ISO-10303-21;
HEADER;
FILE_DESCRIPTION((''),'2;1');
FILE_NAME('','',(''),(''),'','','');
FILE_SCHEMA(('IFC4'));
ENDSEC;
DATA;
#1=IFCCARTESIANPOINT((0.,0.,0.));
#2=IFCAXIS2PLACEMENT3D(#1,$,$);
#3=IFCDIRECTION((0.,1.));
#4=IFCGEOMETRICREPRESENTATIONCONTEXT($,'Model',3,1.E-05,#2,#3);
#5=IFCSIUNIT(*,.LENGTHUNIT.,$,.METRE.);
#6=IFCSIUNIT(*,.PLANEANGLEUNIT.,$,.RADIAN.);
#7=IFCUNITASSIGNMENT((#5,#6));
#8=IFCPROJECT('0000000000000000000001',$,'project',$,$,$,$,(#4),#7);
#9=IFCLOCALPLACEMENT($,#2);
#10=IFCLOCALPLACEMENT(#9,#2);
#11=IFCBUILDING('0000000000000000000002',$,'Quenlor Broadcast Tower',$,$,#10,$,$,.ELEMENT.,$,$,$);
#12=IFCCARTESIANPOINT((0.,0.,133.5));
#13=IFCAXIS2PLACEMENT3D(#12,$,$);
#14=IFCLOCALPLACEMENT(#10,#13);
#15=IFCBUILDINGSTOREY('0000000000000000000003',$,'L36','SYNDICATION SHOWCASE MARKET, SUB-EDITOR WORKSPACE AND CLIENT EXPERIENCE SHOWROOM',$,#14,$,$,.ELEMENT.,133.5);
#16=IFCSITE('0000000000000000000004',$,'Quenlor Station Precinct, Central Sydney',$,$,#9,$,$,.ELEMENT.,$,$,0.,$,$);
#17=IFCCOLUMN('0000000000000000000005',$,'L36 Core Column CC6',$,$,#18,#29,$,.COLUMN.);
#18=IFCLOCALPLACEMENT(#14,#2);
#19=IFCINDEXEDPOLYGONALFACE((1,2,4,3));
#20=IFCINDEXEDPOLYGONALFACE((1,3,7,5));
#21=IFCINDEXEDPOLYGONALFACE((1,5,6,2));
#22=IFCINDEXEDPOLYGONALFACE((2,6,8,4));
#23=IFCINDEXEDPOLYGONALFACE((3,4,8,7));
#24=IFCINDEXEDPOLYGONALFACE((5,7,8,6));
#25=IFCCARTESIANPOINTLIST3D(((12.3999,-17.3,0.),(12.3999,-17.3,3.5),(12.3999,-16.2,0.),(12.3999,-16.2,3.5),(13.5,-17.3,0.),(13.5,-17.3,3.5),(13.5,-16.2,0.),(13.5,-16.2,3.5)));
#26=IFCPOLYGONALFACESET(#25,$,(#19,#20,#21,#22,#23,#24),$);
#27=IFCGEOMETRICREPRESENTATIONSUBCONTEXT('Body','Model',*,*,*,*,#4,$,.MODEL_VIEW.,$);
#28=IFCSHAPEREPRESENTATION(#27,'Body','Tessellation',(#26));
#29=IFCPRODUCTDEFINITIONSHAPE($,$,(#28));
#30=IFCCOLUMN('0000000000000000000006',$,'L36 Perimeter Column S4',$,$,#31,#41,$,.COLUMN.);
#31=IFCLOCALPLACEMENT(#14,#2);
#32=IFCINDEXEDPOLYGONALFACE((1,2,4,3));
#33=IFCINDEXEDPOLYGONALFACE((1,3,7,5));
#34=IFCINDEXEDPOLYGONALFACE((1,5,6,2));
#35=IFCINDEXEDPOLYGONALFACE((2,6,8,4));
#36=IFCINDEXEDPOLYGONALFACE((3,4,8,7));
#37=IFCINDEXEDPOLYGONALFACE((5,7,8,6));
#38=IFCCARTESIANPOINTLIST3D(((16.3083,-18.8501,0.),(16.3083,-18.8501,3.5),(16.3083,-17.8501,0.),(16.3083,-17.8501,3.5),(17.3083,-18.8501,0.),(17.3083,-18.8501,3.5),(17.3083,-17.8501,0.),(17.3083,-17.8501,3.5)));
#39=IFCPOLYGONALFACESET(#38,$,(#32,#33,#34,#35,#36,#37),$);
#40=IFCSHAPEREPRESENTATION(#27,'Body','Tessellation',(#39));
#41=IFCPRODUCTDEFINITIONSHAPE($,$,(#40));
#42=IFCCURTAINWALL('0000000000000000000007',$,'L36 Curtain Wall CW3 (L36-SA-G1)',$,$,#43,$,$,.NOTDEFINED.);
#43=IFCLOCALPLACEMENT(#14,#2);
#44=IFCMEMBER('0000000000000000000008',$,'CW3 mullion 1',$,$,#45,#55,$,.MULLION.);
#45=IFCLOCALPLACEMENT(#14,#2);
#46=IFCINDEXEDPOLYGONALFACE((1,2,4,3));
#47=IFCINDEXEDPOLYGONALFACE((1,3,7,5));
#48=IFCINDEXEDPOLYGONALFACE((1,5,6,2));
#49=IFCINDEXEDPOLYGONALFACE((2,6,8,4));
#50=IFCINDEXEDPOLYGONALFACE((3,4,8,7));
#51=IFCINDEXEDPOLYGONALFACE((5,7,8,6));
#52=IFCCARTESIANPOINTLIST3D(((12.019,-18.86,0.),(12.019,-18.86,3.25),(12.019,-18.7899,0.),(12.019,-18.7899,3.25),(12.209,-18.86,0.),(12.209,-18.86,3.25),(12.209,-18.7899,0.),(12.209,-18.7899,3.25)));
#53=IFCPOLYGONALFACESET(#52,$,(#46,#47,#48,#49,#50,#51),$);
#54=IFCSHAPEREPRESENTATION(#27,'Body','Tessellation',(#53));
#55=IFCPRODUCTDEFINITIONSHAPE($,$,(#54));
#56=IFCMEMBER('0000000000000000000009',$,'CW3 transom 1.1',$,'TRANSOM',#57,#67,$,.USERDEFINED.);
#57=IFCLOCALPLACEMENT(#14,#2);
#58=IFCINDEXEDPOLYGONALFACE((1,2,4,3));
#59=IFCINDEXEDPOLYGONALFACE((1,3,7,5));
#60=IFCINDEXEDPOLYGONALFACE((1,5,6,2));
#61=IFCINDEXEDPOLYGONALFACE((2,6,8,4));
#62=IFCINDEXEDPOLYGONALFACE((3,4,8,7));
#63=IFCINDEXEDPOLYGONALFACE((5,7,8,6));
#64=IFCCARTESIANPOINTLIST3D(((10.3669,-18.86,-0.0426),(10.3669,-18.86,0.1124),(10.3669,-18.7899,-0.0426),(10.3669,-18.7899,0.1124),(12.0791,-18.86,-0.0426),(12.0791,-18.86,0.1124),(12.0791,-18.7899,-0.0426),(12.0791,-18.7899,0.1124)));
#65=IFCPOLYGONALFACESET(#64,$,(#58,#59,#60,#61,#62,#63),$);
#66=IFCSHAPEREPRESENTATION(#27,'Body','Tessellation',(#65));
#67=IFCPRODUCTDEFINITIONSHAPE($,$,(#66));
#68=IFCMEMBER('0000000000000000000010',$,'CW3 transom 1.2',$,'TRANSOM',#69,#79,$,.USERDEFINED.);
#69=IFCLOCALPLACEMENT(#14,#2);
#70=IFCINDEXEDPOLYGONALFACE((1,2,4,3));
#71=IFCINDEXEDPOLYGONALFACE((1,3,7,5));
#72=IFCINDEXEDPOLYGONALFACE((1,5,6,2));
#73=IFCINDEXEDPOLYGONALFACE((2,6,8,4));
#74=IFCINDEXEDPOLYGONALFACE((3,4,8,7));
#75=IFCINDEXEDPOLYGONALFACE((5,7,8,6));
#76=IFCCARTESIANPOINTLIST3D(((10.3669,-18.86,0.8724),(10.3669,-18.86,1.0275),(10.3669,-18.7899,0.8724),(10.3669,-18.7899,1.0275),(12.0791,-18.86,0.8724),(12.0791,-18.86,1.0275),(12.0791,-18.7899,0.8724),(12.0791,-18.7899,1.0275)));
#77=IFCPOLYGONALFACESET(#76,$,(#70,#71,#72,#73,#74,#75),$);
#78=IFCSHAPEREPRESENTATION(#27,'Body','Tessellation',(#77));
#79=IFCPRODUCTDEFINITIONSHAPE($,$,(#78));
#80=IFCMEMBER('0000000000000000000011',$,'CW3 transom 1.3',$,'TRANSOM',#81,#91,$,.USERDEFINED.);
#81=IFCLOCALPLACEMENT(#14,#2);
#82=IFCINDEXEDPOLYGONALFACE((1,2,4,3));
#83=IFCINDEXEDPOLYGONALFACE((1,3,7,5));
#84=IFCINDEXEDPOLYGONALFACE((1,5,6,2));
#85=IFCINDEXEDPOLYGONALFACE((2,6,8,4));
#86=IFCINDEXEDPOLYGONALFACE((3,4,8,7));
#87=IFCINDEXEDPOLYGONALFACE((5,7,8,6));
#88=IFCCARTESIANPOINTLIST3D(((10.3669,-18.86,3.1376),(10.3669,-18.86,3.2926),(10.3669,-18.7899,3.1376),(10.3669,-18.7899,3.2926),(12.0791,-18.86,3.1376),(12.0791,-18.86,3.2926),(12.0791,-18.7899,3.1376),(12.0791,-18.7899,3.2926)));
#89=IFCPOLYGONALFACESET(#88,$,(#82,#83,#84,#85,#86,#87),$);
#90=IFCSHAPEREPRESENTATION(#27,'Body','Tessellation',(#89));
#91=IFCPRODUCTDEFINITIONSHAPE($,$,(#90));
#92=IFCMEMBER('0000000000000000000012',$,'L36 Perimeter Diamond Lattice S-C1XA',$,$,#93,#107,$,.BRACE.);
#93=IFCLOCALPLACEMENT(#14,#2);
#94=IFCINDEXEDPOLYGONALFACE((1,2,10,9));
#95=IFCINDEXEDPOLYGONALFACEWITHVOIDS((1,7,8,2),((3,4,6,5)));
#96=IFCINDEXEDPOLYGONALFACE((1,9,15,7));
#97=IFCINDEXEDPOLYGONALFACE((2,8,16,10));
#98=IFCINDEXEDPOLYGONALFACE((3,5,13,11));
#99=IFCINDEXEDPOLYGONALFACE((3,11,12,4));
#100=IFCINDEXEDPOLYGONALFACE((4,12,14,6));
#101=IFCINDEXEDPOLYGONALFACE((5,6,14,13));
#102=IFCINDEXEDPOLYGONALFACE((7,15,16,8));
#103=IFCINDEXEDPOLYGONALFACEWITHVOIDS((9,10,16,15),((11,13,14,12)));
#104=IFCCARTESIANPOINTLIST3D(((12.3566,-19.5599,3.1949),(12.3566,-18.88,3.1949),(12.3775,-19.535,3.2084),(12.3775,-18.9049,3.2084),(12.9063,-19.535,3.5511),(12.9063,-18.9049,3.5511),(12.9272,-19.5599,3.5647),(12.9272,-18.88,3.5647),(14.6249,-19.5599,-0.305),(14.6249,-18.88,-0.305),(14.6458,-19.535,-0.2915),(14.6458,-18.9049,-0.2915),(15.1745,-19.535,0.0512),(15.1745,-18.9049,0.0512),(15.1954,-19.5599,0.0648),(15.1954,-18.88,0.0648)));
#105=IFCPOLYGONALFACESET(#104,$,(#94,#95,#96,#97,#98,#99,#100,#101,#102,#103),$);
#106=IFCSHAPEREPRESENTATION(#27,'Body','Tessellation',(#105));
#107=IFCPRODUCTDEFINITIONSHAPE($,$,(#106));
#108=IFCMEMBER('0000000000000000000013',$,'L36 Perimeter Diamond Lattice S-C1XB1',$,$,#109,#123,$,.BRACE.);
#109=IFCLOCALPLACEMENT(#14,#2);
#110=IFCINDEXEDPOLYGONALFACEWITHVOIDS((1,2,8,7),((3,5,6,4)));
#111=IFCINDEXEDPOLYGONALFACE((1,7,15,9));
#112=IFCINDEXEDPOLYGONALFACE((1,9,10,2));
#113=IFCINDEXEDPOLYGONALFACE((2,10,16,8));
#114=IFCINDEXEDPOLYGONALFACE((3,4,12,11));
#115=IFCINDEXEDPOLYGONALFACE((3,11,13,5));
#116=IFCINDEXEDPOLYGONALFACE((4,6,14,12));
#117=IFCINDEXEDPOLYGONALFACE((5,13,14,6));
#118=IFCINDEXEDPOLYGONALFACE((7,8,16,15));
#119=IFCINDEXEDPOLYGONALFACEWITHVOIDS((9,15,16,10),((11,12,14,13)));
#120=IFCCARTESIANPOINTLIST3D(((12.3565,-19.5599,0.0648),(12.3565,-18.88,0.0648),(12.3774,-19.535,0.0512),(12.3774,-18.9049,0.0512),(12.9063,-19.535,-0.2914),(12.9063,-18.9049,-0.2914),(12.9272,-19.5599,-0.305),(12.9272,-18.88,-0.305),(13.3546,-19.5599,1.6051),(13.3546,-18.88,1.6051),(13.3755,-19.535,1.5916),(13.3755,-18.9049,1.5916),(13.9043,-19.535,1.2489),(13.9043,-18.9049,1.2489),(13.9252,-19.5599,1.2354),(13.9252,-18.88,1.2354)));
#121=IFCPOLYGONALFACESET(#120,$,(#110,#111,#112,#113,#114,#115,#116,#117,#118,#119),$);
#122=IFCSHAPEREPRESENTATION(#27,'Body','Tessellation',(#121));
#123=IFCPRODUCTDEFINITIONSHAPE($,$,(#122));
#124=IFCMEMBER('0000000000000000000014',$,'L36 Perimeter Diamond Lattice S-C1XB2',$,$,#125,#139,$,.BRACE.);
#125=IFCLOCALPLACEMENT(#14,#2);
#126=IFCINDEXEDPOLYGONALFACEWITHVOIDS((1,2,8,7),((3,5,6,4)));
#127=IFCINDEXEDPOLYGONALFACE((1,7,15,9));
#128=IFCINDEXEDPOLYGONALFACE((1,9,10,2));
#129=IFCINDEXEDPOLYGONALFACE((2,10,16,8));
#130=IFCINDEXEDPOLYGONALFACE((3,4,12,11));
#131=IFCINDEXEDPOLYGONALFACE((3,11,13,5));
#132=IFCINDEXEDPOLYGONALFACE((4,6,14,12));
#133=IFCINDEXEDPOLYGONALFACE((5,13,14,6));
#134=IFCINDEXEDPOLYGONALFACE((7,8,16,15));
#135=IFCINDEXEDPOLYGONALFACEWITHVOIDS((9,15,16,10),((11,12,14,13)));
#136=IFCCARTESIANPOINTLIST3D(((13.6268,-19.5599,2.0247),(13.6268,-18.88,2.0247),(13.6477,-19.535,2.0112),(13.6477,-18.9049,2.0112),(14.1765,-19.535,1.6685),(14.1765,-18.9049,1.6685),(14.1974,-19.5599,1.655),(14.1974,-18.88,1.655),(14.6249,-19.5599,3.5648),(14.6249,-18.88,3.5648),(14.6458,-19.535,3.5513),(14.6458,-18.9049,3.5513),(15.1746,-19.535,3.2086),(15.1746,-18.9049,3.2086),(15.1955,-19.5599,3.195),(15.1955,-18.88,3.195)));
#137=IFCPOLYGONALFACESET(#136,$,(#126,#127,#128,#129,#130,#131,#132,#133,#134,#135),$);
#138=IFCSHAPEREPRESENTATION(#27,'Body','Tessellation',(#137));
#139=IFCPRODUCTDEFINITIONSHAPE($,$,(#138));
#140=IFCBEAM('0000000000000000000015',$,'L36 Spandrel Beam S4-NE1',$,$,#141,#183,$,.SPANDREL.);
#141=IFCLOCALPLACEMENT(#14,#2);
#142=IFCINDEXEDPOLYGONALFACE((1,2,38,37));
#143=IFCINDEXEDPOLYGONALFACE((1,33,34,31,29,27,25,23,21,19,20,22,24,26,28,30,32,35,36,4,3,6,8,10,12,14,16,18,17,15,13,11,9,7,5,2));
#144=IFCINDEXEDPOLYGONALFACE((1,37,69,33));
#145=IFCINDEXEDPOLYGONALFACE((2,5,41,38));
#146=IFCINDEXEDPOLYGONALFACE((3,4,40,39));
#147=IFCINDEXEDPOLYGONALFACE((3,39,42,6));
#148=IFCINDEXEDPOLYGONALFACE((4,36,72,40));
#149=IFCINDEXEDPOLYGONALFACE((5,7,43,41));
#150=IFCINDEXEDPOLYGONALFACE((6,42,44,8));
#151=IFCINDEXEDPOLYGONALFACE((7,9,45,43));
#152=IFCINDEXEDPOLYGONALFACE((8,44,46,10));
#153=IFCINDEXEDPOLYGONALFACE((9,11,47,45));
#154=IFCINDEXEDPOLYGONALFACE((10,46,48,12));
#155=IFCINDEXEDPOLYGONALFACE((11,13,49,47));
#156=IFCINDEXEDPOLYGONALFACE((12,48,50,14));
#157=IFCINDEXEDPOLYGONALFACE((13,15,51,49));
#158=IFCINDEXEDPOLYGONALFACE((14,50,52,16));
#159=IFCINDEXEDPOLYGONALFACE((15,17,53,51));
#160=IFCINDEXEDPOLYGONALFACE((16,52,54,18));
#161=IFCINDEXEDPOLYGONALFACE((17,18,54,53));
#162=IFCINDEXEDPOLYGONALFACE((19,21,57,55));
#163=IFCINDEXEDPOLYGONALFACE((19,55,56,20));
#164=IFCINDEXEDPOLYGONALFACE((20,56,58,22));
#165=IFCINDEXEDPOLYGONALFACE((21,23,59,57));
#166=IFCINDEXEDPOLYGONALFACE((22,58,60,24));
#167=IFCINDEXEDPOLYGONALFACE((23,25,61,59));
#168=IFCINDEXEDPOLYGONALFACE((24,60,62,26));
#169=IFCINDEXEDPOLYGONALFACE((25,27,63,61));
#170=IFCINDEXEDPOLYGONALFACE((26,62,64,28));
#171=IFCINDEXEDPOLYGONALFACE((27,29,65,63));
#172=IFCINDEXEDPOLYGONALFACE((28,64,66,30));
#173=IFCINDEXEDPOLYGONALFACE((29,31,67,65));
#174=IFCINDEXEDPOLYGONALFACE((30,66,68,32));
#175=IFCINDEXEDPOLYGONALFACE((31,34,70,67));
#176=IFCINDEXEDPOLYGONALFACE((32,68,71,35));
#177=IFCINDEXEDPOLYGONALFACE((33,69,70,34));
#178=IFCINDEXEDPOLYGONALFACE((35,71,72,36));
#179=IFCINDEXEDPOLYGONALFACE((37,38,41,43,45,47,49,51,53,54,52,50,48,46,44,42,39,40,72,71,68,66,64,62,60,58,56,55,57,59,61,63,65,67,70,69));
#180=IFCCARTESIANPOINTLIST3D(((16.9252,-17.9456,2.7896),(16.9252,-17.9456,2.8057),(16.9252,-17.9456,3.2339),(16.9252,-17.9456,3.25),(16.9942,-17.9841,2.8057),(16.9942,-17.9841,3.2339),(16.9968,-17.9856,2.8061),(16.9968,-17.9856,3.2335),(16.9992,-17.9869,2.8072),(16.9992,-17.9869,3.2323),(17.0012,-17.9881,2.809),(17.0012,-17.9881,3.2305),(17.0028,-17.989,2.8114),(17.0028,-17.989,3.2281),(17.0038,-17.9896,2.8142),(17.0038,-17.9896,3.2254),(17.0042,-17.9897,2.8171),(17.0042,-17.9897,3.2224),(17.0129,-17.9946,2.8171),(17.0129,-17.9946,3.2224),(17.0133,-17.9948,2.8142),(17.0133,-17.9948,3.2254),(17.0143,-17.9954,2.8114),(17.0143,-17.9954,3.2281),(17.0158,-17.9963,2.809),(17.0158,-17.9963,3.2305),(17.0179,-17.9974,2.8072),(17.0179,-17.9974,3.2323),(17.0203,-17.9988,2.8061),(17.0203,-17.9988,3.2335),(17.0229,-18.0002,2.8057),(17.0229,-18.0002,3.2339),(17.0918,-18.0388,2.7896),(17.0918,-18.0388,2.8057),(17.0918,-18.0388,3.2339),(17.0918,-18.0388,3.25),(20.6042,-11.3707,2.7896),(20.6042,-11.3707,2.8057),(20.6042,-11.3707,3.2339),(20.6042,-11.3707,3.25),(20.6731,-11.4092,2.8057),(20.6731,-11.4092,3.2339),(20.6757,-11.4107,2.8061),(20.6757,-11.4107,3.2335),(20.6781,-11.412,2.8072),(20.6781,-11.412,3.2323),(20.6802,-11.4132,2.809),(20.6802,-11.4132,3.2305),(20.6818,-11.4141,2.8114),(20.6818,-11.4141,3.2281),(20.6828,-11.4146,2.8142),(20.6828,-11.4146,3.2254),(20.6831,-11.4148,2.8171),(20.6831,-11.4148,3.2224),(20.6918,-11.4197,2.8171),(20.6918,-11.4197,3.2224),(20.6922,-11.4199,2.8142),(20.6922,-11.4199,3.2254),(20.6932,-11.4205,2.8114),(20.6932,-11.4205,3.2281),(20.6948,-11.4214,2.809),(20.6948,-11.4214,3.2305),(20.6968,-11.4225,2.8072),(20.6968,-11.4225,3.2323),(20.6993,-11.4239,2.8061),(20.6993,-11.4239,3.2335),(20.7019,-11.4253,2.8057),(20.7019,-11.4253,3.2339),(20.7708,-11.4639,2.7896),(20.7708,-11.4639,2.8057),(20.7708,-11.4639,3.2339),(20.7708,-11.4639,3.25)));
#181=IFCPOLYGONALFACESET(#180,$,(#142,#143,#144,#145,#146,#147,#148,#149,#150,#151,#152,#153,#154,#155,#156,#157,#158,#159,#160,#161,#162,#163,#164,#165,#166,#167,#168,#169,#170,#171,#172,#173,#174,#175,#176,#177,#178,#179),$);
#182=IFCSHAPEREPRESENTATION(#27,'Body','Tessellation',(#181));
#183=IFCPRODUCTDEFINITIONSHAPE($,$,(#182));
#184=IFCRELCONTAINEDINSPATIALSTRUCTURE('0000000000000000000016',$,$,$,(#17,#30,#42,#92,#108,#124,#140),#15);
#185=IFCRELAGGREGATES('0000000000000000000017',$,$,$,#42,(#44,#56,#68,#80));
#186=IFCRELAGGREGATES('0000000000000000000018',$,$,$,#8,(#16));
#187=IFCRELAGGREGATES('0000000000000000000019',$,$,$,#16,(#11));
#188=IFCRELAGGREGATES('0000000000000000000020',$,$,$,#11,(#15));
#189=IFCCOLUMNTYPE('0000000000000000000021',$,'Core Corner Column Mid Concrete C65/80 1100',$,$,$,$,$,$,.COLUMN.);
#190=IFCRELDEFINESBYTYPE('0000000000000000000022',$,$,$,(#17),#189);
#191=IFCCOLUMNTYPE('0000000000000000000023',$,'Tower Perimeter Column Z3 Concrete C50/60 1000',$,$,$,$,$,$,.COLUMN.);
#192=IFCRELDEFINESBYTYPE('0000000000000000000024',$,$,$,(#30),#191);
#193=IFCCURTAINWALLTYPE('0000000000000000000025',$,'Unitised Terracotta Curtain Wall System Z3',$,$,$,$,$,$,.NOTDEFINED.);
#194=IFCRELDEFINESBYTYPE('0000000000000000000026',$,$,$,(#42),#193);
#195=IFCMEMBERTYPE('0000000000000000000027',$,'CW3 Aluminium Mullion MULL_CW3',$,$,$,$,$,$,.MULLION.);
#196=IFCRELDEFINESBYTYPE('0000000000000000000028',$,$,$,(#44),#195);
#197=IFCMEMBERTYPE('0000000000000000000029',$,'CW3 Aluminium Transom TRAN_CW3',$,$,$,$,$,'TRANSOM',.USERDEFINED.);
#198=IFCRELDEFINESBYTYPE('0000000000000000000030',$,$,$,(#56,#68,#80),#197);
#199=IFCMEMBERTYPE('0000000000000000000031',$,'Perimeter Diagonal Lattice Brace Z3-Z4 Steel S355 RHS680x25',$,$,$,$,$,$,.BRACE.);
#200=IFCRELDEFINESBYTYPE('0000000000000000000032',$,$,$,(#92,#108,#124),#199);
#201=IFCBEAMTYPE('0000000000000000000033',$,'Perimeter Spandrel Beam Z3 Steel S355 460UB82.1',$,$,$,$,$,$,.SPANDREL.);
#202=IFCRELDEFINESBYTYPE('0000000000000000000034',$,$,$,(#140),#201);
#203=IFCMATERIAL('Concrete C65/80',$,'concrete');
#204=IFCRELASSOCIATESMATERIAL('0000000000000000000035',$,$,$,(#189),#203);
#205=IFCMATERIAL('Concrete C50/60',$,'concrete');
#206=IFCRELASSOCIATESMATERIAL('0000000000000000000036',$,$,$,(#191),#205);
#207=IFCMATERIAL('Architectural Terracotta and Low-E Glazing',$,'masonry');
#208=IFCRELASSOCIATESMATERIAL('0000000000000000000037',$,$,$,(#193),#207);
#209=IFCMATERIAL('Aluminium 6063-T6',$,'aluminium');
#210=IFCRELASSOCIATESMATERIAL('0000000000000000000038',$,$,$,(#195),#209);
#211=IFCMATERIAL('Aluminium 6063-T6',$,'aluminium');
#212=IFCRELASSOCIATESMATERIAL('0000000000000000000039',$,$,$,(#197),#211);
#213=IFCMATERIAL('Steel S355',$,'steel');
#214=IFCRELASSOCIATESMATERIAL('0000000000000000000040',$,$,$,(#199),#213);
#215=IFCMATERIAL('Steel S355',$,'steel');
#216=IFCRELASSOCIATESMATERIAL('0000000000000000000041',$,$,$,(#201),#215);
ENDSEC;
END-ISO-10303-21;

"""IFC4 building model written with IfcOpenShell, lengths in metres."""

from ifc_helpers import new_model, si_unit, direction, frame, origin, origin_2d, place, context, subcontext, project, spatial, rectangle, hollow_rectangle, i_section, extrude, material, material_profile, profile_set, type_object, element, aggregate, save


model = new_model("IFC4")

# Units and contexts
model_context = context("Model", 3, precision=1e-05, world=origin(), true_north=direction((0.0, 1.0)))
body_context = subcontext(model_context, "Body", "Model", "MODEL_VIEW")
ifc_project = project(units=[si_unit("LENGTHUNIT", "METRE"), si_unit("PLANEANGLEUNIT", "RADIAN")], contexts=[model_context])

# Site, building, storey
site_placement = place(None, origin())
site = spatial("IfcSite", under=ifc_project, at=site_placement, Name="Quenlor Station Precinct, Central Sydney", CompositionType="ELEMENT", RefElevation=0.0)
building_placement = place(site_placement, origin())
building = spatial("IfcBuilding", under=site, at=building_placement, Name="Quenlor Broadcast Tower", CompositionType="ELEMENT")
storey_placement = place(building_placement, frame((0.0, 0.0, 133.5)))
storey = spatial("IfcBuildingStorey", under=building, at=storey_placement, Name="L36", Description="SYNDICATION SHOWCASE MARKET, SUB-EDITOR WORKSPACE AND CLIENT EXPERIENCE SHOWROOM", CompositionType="ELEMENT", Elevation=133.5)

# Columns
ifc_material_1 = material(Name="Concrete C65/80", Category="concrete")
ifc_material_profile_1 = material_profile(ifc_material_1, rectangle(XDim=1.1001, YDim=1.1001, at=origin_2d()))
ifc_profile_set_1 = profile_set([ifc_material_profile_1], Name="Concrete C65/80 RC1100x1100")
column_type_1 = type_object("IfcColumnType", Name="Core Corner Column Mid Concrete C65/80 1100", PredefinedType="COLUMN", material=ifc_profile_set_1)
column_1_placement = place(storey_placement, frame((12.95, -16.75, 0.0), z_axis=(0.0, 0.0, 1.0), x_axis=(1.0, 0.0, 0.0)))
element("IfcColumn", 1, at=column_1_placement, inside=storey, type_object=column_type_1, Name="L36 Core Column CC6", PredefinedType="COLUMN", context=body_context, shape_type="SweptSolid", body=[
    extrude(rectangle(XDim=1.1001, YDim=1.1001, at=origin_2d()), origin(), (0.0, 0.0, 1.0), 3.5),
])
ifc_material_2 = material(Name="Concrete C50/60", Category="concrete")
ifc_material_profile_2 = material_profile(ifc_material_2, rectangle(XDim=1.0, YDim=1.0, at=origin_2d()))
ifc_profile_set_2 = profile_set([ifc_material_profile_2], Name="Concrete C50/60 RC1000x1000")
column_type_2 = type_object("IfcColumnType", Name="Tower Perimeter Column Z3 Concrete C50/60 1000", PredefinedType="COLUMN", material=ifc_profile_set_2)
column_2_placement = place(storey_placement, frame((16.8083, -18.3501, 0.0), z_axis=(0.0, 0.0, 1.0), x_axis=(0.0, 1.0, 0.0)))
element("IfcColumn", 2, at=column_2_placement, inside=storey, type_object=column_type_2, Name="L36 Perimeter Column S4", PredefinedType="COLUMN", context=body_context, shape_type="SweptSolid", body=[
    extrude(rectangle(XDim=1.0, YDim=1.0, at=origin_2d()), origin(), (0.0, 0.0, 1.0), 3.5),
])

# Curtain wall, members
ifc_material_3 = material(Name="Architectural Terracotta and Low-E Glazing", Category="masonry")
curtain_wall_type = type_object("IfcCurtainWallType", Name="Unitised Terracotta Curtain Wall System Z3", PredefinedType="NOTDEFINED", material=ifc_material_3)
curtain_wall_placement = place(storey_placement, origin())
curtain_wall = element("IfcCurtainWall", 3, at=curtain_wall_placement, inside=storey, type_object=curtain_wall_type, Name="L36 Curtain Wall CW3 (L36-SA-G1)", PredefinedType="NOTDEFINED")
ifc_material_4 = material(Name="Aluminium 6063-T6", Category="aluminium")
ifc_material_profile_3 = material_profile(ifc_material_4, rectangle(XDim=0.0701, YDim=0.1899, at=origin_2d()))
ifc_profile_set_3 = profile_set([ifc_material_profile_3], Name="Aluminium 6063-T6 MULL70x190")
member_type_1 = type_object("IfcMemberType", Name="CW3 Aluminium Mullion MULL_CW3", PredefinedType="MULLION", material=ifc_profile_set_3)
member_1_placement = place(storey_placement, frame((12.114, -18.825, 0.0), z_axis=(0.0, 0.0, 1.0), x_axis=(0.0, -1.0, 0.0)))
member_1 = element("IfcMember", 4, at=member_1_placement, type_object=member_type_1, Name="CW3 mullion 1", PredefinedType="MULLION", context=body_context, shape_type="SweptSolid", body=[
    extrude(rectangle(XDim=0.0701, YDim=0.1899, at=origin_2d()), origin(), (0.0, 0.0, 1.0), 3.25),
])
ifc_material_5 = material(Name="Aluminium 6063-T6", Category="aluminium")
ifc_material_profile_4 = material_profile(ifc_material_5, rectangle(XDim=0.0701, YDim=0.155, at=origin_2d()))
ifc_profile_set_4 = profile_set([ifc_material_profile_4], Name="Aluminium 6063-T6 TRAN70x155")
member_type_2 = type_object("IfcMemberType", Name="CW3 Aluminium Transom TRAN_CW3", ElementType="TRANSOM", PredefinedType="USERDEFINED", material=ifc_profile_set_4)
member_2_placement = place(storey_placement, frame((12.0791, -18.825, 0.0349), z_axis=(-1.0, 0.0, 0.0), x_axis=(0.0, -1.0, 0.0)))
member_2 = element("IfcMember", 5, at=member_2_placement, type_object=member_type_2, Name="CW3 transom 1.1", ObjectType="TRANSOM", PredefinedType="USERDEFINED", context=body_context, shape_type="SweptSolid", body=[
    extrude(rectangle(XDim=0.0701, YDim=0.155, at=origin_2d()), origin(), (0.0, 0.0, 1.0), 1.7122),
])
member_3_placement = place(storey_placement, frame((12.0791, -18.825, 0.95), z_axis=(-1.0, 0.0, 0.0), x_axis=(0.0, -1.0, 0.0)))
member_3 = element("IfcMember", 6, at=member_3_placement, type_object=member_type_2, Name="CW3 transom 1.2", ObjectType="TRANSOM", PredefinedType="USERDEFINED", context=body_context, shape_type="SweptSolid", body=[
    extrude(rectangle(XDim=0.0701, YDim=0.155, at=origin_2d()), origin(), (0.0, 0.0, 1.0), 1.7122),
])
member_4_placement = place(storey_placement, frame((12.0791, -18.825, 3.2151), z_axis=(-1.0, 0.0, 0.0), x_axis=(0.0, -1.0, 0.0)))
member_4 = element("IfcMember", 7, at=member_4_placement, type_object=member_type_2, Name="CW3 transom 1.3", ObjectType="TRANSOM", PredefinedType="USERDEFINED", context=body_context, shape_type="SweptSolid", body=[
    extrude(rectangle(XDim=0.0701, YDim=0.155, at=origin_2d()), origin(), (0.0, 0.0, 1.0), 1.7122),
])

# Members
ifc_material_6 = material(Name="Steel S355", Category="steel")
ifc_material_profile_5 = material_profile(ifc_material_6, hollow_rectangle(XDim=0.6799, YDim=0.6799, WallThickness=0.0249, at=origin_2d()))
ifc_profile_set_5 = profile_set([ifc_material_profile_5], Name="Steel S355 RHS680x680x25")
member_type_3 = type_object("IfcMemberType", Name="Perimeter Diagonal Lattice Brace Z3-Z4 Steel S355 RHS680x25", PredefinedType="BRACE", material=ifc_profile_set_5)
member_5_placement = place(storey_placement, frame((14.9102, -19.22, -0.1201), z_axis=(-0.54386, 0.0, 0.839176), x_axis=(0.0, -1.0, 0.0)))
element("IfcMember", 8, at=member_5_placement, inside=storey, type_object=member_type_3, Name="L36 Perimeter Diamond Lattice S-C1XA", PredefinedType="BRACE", context=body_context, shape_type="SweptSolid", body=[
    extrude(hollow_rectangle(XDim=0.6799, YDim=0.6799, WallThickness=0.0249, at=origin_2d()), origin(), (0.0, 0.0, 1.0), 4.1707),
])
member_6_placement = place(storey_placement, frame((12.6418, -19.22, -0.1201), z_axis=(0.543786, 0.0, 0.839224), x_axis=(0.0, 1.0, 0.0)))
element("IfcMember", 9, at=member_6_placement, inside=storey, type_object=member_type_3, Name="L36 Perimeter Diamond Lattice S-C1XB1", PredefinedType="BRACE", context=body_context, shape_type="SweptSolid", body=[
    extrude(hollow_rectangle(XDim=0.6799, YDim=0.6799, WallThickness=0.0249, at=origin_2d()), origin(), (0.0, 0.0, 1.0), 1.8354),
])
member_7_placement = place(storey_placement, frame((13.9121, -19.22, 1.8398), z_axis=(0.543847, 0.0, 0.839184), x_axis=(0.0, 1.0, 0.0)))
element("IfcMember", 10, at=member_7_placement, inside=storey, type_object=member_type_3, Name="L36 Perimeter Diamond Lattice S-C1XB2", PredefinedType="BRACE", context=body_context, shape_type="SweptSolid", body=[
    extrude(hollow_rectangle(XDim=0.6799, YDim=0.6799, WallThickness=0.0249, at=origin_2d()), origin(), (0.0, 0.0, 1.0), 1.8352),
])

# Beam
ifc_material_7 = material(Name="Steel S355", Category="steel")
ifc_material_profile_6 = material_profile(ifc_material_7, i_section(OverallWidth=0.1909, OverallDepth=0.4604, WebThickness=0.01, FlangeThickness=0.0161, FilletRadius=0.0115, at=origin_2d()))
ifc_profile_set_6 = profile_set([ifc_material_profile_6], Name="Steel S355 460UB82.1")
beam_type_1 = type_object("IfcBeamType", Name="Perimeter Spandrel Beam Z3 Steel S355 460UB82.1", PredefinedType="SPANDREL", material=ifc_profile_set_6)
beam_1_placement = place(storey_placement, frame((17.0085, -17.9922, 3.0198), z_axis=(0.488298, 0.872677, 0.0), x_axis=(-0.872677, 0.488298, 0.0)))
element("IfcBeam", 11, at=beam_1_placement, inside=storey, type_object=beam_type_1, Name="L36 Spandrel Beam S4-NE1", PredefinedType="SPANDREL", context=body_context, shape_type="SweptSolid", body=[
    extrude(i_section(OverallWidth=0.1909, OverallDepth=0.4604, WebThickness=0.01, FlangeThickness=0.0161, FilletRadius=0.0115, at=origin_2d()), origin(), (0.0, 0.0, 1.0), 7.5342),
])

aggregate(curtain_wall, [member_1, member_2, member_3, member_4])

save(model, "model.ifc")
